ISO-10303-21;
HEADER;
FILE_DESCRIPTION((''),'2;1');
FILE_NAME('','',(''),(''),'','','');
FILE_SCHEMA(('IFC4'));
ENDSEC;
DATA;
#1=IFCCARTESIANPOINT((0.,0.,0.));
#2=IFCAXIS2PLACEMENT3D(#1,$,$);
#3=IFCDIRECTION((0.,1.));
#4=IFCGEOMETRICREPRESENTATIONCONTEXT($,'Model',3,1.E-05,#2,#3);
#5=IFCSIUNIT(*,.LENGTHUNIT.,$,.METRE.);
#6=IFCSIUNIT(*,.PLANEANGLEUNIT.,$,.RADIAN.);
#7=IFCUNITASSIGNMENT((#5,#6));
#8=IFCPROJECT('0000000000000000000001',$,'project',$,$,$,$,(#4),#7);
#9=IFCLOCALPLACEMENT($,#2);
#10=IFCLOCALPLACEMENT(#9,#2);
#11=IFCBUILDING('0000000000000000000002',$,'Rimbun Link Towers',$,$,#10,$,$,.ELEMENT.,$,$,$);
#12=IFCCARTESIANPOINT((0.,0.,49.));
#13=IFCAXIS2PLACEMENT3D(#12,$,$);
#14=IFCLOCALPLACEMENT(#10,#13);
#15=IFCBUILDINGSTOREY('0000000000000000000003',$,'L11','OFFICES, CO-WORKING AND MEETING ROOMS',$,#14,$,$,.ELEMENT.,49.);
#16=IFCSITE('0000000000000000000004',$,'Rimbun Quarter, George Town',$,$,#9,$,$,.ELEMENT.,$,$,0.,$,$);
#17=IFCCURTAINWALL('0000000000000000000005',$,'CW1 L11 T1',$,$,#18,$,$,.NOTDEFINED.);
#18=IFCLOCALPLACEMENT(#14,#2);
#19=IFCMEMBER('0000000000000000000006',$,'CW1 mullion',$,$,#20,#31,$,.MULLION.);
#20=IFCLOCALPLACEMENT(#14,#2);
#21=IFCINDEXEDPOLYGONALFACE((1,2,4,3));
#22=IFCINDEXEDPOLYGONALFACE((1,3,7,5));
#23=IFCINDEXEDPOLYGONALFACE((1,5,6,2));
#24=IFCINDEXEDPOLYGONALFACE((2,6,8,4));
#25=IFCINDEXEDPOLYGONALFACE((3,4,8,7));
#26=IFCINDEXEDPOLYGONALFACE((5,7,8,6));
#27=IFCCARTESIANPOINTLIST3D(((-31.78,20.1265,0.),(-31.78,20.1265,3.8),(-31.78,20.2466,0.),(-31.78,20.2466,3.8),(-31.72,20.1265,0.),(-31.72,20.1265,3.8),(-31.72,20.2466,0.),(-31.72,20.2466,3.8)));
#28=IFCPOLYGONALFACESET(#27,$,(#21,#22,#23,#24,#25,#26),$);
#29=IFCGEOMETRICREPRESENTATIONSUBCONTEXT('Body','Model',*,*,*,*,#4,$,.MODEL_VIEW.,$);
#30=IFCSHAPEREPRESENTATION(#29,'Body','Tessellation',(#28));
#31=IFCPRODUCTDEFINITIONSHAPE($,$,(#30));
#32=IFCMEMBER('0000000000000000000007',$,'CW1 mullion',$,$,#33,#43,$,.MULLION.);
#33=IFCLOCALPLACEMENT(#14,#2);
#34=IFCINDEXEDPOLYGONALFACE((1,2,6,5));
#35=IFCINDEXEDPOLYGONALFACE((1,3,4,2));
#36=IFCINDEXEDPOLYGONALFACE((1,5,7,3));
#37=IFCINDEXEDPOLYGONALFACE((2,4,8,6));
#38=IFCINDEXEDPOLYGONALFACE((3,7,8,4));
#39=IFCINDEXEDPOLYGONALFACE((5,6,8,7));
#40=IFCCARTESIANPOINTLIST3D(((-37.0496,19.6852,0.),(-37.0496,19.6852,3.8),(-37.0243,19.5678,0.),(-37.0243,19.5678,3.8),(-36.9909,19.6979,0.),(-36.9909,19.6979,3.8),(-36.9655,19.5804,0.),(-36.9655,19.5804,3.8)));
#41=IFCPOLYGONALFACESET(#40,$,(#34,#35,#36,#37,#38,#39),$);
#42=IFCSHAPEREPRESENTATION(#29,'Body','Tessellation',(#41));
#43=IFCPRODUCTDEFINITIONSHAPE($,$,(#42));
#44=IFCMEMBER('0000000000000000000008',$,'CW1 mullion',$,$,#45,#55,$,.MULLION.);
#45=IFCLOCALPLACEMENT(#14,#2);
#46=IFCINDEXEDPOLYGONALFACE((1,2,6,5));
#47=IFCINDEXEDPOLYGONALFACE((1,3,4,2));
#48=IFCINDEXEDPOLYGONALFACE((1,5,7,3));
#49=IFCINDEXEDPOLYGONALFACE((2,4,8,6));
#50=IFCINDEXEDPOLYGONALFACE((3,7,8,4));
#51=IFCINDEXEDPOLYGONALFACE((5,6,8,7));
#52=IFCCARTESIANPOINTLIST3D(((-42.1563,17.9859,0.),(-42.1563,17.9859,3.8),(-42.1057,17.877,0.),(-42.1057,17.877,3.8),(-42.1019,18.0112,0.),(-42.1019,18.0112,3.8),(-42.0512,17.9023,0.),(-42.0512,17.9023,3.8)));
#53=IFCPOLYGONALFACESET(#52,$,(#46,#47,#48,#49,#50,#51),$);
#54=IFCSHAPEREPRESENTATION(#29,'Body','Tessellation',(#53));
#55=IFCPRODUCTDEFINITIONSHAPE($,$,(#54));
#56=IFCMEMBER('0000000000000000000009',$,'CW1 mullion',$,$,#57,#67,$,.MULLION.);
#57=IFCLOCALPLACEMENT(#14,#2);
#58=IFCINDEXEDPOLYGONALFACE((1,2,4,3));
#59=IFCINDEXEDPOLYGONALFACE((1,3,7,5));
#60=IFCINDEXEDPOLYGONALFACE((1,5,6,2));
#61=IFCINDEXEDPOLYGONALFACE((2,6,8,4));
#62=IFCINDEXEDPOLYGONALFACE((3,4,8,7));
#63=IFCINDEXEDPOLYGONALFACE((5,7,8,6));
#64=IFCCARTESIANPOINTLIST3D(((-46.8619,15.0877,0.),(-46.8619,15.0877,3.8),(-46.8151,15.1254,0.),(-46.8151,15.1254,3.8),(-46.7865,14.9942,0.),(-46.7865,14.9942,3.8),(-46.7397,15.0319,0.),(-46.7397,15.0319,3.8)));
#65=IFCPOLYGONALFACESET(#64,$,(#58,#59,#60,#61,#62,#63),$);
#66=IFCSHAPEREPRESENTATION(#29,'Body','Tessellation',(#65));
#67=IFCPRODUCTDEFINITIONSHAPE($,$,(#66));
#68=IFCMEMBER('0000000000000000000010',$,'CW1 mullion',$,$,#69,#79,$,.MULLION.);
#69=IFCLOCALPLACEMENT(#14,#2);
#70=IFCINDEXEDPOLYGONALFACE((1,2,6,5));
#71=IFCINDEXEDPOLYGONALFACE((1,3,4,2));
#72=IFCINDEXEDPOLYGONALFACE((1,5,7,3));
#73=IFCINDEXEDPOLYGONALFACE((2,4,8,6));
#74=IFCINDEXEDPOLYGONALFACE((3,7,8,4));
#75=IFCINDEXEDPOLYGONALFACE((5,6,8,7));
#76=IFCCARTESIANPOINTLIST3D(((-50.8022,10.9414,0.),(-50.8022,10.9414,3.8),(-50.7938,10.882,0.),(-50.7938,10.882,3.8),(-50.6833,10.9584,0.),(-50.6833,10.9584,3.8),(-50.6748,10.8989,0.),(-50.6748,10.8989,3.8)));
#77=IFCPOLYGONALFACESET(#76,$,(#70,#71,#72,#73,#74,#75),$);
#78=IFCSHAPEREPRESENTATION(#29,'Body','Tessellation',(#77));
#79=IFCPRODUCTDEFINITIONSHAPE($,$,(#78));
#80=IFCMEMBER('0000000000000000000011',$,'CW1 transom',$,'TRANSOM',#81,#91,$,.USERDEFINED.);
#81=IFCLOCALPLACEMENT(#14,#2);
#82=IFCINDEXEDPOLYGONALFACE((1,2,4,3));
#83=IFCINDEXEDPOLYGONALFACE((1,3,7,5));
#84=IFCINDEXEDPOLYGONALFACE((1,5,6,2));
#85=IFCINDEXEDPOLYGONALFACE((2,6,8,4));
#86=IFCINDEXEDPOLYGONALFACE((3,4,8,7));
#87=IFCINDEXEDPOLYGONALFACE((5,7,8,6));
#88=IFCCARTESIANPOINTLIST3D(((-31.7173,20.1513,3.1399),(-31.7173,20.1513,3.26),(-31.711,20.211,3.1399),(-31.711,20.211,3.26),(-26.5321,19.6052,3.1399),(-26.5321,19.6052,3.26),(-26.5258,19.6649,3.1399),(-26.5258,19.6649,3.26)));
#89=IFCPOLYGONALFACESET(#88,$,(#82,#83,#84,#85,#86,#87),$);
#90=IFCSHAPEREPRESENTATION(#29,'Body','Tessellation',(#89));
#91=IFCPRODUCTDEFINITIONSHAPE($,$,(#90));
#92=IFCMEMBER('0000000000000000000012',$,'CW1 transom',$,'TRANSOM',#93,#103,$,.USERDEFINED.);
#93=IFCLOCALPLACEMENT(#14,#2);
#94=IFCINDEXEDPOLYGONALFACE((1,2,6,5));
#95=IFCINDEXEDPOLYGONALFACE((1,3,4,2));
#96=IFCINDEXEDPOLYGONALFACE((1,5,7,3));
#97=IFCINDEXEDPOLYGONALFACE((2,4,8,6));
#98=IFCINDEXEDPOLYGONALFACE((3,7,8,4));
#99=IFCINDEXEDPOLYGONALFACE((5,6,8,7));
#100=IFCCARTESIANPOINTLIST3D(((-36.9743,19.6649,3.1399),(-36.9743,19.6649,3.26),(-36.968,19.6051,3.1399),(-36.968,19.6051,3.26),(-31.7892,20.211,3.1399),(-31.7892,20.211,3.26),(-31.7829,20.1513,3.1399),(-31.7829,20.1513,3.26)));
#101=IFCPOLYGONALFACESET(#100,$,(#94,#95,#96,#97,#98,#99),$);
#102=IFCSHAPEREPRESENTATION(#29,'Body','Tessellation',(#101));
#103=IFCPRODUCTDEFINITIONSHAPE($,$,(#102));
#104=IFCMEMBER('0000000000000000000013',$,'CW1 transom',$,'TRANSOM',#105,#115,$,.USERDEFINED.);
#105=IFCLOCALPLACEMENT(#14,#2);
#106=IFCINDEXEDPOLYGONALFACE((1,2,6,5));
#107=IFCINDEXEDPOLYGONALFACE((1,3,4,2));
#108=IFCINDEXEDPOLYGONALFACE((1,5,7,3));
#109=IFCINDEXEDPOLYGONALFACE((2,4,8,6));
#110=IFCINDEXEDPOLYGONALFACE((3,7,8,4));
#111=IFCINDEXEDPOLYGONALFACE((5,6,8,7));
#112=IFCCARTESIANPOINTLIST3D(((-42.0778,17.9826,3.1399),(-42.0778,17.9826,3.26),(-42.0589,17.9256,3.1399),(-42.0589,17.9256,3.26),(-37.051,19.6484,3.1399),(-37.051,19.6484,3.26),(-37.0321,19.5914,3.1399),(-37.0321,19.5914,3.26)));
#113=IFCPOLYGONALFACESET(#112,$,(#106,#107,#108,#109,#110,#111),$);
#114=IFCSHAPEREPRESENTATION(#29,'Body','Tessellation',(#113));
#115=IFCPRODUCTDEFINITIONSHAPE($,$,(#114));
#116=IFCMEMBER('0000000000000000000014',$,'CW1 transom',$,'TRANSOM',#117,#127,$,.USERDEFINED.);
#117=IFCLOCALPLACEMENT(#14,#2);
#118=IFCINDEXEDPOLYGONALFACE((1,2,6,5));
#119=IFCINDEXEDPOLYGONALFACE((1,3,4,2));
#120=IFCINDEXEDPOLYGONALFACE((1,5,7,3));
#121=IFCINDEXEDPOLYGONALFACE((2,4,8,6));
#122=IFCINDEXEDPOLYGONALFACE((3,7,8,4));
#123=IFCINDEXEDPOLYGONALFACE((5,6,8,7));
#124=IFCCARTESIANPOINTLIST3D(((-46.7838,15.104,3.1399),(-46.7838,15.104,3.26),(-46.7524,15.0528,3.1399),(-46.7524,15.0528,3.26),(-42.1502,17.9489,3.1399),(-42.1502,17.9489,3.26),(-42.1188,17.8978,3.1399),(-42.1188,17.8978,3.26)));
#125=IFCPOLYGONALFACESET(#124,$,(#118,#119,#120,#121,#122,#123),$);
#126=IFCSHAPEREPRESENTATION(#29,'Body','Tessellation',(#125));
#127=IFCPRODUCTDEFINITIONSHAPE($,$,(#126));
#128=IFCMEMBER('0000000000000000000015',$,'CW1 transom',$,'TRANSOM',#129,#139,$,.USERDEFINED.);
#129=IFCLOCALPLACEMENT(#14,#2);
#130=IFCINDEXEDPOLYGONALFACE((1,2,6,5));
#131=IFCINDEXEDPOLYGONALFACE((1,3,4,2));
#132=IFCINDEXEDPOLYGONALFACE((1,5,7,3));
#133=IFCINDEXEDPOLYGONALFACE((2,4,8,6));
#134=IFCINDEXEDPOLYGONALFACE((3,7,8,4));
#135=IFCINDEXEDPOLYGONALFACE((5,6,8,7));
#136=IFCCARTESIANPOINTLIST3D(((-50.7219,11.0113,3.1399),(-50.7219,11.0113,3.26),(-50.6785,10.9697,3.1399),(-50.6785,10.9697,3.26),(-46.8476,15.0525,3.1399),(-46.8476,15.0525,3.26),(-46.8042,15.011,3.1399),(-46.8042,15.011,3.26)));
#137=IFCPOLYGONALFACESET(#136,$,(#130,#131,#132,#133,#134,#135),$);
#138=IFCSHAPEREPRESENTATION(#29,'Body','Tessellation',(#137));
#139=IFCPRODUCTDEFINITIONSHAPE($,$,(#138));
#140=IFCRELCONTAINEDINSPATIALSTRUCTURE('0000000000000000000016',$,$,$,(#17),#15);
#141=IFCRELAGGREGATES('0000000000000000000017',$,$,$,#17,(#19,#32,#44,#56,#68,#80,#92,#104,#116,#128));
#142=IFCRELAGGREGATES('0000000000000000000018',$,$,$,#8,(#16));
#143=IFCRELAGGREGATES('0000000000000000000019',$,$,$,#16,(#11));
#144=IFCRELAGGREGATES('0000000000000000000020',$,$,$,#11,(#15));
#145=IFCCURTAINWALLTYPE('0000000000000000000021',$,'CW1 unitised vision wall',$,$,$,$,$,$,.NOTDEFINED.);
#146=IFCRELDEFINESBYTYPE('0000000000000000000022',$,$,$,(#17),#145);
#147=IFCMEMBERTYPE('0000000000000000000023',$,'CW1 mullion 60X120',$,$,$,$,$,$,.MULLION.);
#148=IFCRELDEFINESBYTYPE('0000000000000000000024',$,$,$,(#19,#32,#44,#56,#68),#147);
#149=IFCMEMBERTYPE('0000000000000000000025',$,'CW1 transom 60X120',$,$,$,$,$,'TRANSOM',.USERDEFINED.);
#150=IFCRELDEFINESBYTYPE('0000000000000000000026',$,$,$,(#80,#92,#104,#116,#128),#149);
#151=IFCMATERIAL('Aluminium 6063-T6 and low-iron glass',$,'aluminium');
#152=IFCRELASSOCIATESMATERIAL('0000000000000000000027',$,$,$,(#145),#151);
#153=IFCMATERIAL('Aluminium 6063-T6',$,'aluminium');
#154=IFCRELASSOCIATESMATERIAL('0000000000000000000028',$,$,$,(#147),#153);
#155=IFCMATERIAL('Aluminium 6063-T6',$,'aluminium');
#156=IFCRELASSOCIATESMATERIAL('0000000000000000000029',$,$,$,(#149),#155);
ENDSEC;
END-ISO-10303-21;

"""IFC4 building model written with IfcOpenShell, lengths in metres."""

from ifc_helpers import new_model, si_unit, direction, frame, origin, origin_2d, place, context, subcontext, project, spatial, rectangle, extrude, material, material_profile, profile_set, type_object, element, aggregate, save


model = new_model("IFC4")

# Units and contexts
model_context = context("Model", 3, precision=1e-05, world=origin(), true_north=direction((0.0, 1.0)))
body_context = subcontext(model_context, "Body", "Model", "MODEL_VIEW")
ifc_project = project(units=[si_unit("LENGTHUNIT", "METRE"), si_unit("PLANEANGLEUNIT", "RADIAN")], contexts=[model_context])

# Site, building, storey
site_placement = place(None, origin())
site = spatial("IfcSite", under=ifc_project, at=site_placement, Name="Rimbun Quarter, George Town", CompositionType="ELEMENT", RefElevation=0.0)
building_placement = place(site_placement, origin())
building = spatial("IfcBuilding", under=site, at=building_placement, Name="Rimbun Link Towers", CompositionType="ELEMENT")
storey_placement = place(building_placement, frame((0.0, 0.0, 49.0)))
storey = spatial("IfcBuildingStorey", under=building, at=storey_placement, Name="L11", Description="OFFICES, CO-WORKING AND MEETING ROOMS", CompositionType="ELEMENT", Elevation=49.0)

# Curtain wall, members
ifc_material_1 = material(Name="Aluminium 6063-T6 and low-iron glass", Category="aluminium")
curtain_wall_type = type_object("IfcCurtainWallType", Name="CW1 unitised vision wall", PredefinedType="NOTDEFINED", material=ifc_material_1)
curtain_wall_placement = place(storey_placement, origin())
curtain_wall = element("IfcCurtainWall", 1, at=curtain_wall_placement, inside=storey, type_object=curtain_wall_type, Name="CW1 L11 T1", PredefinedType="NOTDEFINED")
ifc_material_2 = material(Name="Aluminium 6063-T6", Category="aluminium")
ifc_material_profile_1 = material_profile(ifc_material_2, rectangle(XDim=0.1201, YDim=0.0601, at=origin_2d()), Name="MULLION 60X120")
ifc_profile_set_1 = profile_set([ifc_material_profile_1], Name="Aluminium 6063-T6")
member_type_1 = type_object("IfcMemberType", Name="CW1 mullion 60X120", PredefinedType="MULLION", material=ifc_profile_set_1)
member_1_placement = place(storey_placement, frame((-31.75, 20.1865, 0.0), z_axis=(0.0, 0.0, 1.0), x_axis=(0.0, 1.0, 0.0)))
member_1 = element("IfcMember", 2, at=member_1_placement, type_object=member_type_1, Name="CW1 mullion", PredefinedType="MULLION", context=body_context, shape_type="SweptSolid", body=[
    extrude(rectangle(XDim=0.1201, YDim=0.0601, at=origin_2d()), origin(), (0.0, 0.0, 1.0), 3.8),
])
member_2_placement = place(storey_placement, frame((-37.0076, 19.6328, 0.0), z_axis=(0.0, 0.0, 1.0), x_axis=(-0.210868, 0.977515, 0.0)))
member_2 = element("IfcMember", 3, at=member_2_placement, type_object=member_type_1, Name="CW1 mullion", PredefinedType="MULLION", context=body_context, shape_type="SweptSolid", body=[
    extrude(rectangle(XDim=0.1201, YDim=0.0601, at=origin_2d()), origin(), (0.0, 0.0, 1.0), 3.8),
])
member_3_placement = place(storey_placement, frame((-42.1038, 17.9441, 0.0), z_axis=(0.0, 0.0, 1.0), x_axis=(-0.421701, 0.906735, 0.0)))
member_3 = element("IfcMember", 4, at=member_3_placement, type_object=member_type_1, Name="CW1 mullion", PredefinedType="MULLION", context=body_context, shape_type="SweptSolid", body=[
    extrude(rectangle(XDim=0.1201, YDim=0.0601, at=origin_2d()), origin(), (0.0, 0.0, 1.0), 3.8),
])
member_4_placement = place(storey_placement, frame((-46.8008, 15.0598, 0.0), z_axis=(0.0, 0.0, 1.0), x_axis=(-0.627672, 0.778478, 0.0)))
member_4 = element("IfcMember", 5, at=member_4_placement, type_object=member_type_1, Name="CW1 mullion", PredefinedType="MULLION", context=body_context, shape_type="SweptSolid", body=[
    extrude(rectangle(XDim=0.1201, YDim=0.0601, at=origin_2d()), origin(), (0.0, 0.0, 1.0), 3.8),
])
member_5_placement = place(storey_placement, frame((-50.7385, 10.9202, 0.0), z_axis=(0.0, 0.0, 1.0), x_axis=(-0.990014, -0.140966, 0.0)))
member_5 = element("IfcMember", 6, at=member_5_placement, type_object=member_type_1, Name="CW1 mullion", PredefinedType="MULLION", context=body_context, shape_type="SweptSolid", body=[
    extrude(rectangle(XDim=0.1201, YDim=0.0601, at=origin_2d()), origin(), (0.0, 0.0, 1.0), 3.8),
])
ifc_material_3 = material(Name="Aluminium 6063-T6", Category="aluminium")
ifc_material_profile_2 = material_profile(ifc_material_3, rectangle(XDim=0.0601, YDim=0.1201, at=origin_2d()), Name="TRANSOM 60X120")
ifc_profile_set_2 = profile_set([ifc_material_profile_2], Name="Aluminium 6063-T6")
member_type_2 = type_object("IfcMemberType", Name="CW1 transom 60X120", ElementType="TRANSOM", PredefinedType="USERDEFINED", material=ifc_profile_set_2)
member_6_placement = place(storey_placement, frame((-31.7141, 20.1812, 3.2), z_axis=(0.994499, -0.104746, 0.0), x_axis=(0.104746, 0.994499, 0.0)))
member_6 = element("IfcMember", 7, at=member_6_placement, type_object=member_type_2, Name="CW1 transom", ObjectType="TRANSOM", PredefinedType="USERDEFINED", context=body_context, shape_type="SweptSolid", body=[
    extrude(rectangle(XDim=0.0601, YDim=0.1201, at=origin_2d()), origin(), (0.0, 0.0, 1.0), 5.2139),
])
member_7_placement = place(storey_placement, frame((-36.9712, 19.635, 3.2), z_axis=(0.994499, 0.104746, 0.0), x_axis=(-0.104746, 0.994499, 0.0)))
member_7 = element("IfcMember", 8, at=member_7_placement, type_object=member_type_2, Name="CW1 transom", ObjectType="TRANSOM", PredefinedType="USERDEFINED", context=body_context, shape_type="SweptSolid", body=[
    extrude(rectangle(XDim=0.0601, YDim=0.1201, at=origin_2d()), origin(), (0.0, 0.0, 1.0), 5.2139),
])
member_8_placement = place(storey_placement, frame((-42.0684, 17.9541, 3.2), z_axis=(0.94924, 0.314554, 0.0), x_axis=(-0.314554, 0.94924, 0.0)))
member_8 = element("IfcMember", 9, at=member_8_placement, type_object=member_type_2, Name="CW1 transom", ObjectType="TRANSOM", PredefinedType="USERDEFINED", context=body_context, shape_type="SweptSolid", body=[
    extrude(rectangle(XDim=0.0601, YDim=0.1201, at=origin_2d()), origin(), (0.0, 0.0, 1.0), 5.2957),
])
member_9_placement = place(storey_placement, frame((-46.7681, 15.0784, 3.2), z_axis=(0.852187, 0.523238, 0.0), x_axis=(-0.523238, 0.852187, 0.0)))
member_9 = element("IfcMember", 10, at=member_9_placement, type_object=member_type_2, Name="CW1 transom", ObjectType="TRANSOM", PredefinedType="USERDEFINED", context=body_context, shape_type="SweptSolid", body=[
    extrude(rectangle(XDim=0.0601, YDim=0.1201, at=origin_2d()), origin(), (0.0, 0.0, 1.0), 5.4373),
])
member_10_placement = place(storey_placement, frame((-50.7002, 10.9905, 3.2), z_axis=(0.692035, 0.721864, 0.0), x_axis=(-0.721864, 0.692035, 0.0)))
member_10 = element("IfcMember", 11, at=member_10_placement, type_object=member_type_2, Name="CW1 transom", ObjectType="TRANSOM", PredefinedType="USERDEFINED", context=body_context, shape_type="SweptSolid", body=[
    extrude(rectangle(XDim=0.0601, YDim=0.1201, at=origin_2d()), origin(), (0.0, 0.0, 1.0), 5.5984),
])

aggregate(curtain_wall, [member_1, member_2, member_3, member_4, member_5, member_6, member_7, member_8, member_9, member_10])

save(model, "model.ifc")
